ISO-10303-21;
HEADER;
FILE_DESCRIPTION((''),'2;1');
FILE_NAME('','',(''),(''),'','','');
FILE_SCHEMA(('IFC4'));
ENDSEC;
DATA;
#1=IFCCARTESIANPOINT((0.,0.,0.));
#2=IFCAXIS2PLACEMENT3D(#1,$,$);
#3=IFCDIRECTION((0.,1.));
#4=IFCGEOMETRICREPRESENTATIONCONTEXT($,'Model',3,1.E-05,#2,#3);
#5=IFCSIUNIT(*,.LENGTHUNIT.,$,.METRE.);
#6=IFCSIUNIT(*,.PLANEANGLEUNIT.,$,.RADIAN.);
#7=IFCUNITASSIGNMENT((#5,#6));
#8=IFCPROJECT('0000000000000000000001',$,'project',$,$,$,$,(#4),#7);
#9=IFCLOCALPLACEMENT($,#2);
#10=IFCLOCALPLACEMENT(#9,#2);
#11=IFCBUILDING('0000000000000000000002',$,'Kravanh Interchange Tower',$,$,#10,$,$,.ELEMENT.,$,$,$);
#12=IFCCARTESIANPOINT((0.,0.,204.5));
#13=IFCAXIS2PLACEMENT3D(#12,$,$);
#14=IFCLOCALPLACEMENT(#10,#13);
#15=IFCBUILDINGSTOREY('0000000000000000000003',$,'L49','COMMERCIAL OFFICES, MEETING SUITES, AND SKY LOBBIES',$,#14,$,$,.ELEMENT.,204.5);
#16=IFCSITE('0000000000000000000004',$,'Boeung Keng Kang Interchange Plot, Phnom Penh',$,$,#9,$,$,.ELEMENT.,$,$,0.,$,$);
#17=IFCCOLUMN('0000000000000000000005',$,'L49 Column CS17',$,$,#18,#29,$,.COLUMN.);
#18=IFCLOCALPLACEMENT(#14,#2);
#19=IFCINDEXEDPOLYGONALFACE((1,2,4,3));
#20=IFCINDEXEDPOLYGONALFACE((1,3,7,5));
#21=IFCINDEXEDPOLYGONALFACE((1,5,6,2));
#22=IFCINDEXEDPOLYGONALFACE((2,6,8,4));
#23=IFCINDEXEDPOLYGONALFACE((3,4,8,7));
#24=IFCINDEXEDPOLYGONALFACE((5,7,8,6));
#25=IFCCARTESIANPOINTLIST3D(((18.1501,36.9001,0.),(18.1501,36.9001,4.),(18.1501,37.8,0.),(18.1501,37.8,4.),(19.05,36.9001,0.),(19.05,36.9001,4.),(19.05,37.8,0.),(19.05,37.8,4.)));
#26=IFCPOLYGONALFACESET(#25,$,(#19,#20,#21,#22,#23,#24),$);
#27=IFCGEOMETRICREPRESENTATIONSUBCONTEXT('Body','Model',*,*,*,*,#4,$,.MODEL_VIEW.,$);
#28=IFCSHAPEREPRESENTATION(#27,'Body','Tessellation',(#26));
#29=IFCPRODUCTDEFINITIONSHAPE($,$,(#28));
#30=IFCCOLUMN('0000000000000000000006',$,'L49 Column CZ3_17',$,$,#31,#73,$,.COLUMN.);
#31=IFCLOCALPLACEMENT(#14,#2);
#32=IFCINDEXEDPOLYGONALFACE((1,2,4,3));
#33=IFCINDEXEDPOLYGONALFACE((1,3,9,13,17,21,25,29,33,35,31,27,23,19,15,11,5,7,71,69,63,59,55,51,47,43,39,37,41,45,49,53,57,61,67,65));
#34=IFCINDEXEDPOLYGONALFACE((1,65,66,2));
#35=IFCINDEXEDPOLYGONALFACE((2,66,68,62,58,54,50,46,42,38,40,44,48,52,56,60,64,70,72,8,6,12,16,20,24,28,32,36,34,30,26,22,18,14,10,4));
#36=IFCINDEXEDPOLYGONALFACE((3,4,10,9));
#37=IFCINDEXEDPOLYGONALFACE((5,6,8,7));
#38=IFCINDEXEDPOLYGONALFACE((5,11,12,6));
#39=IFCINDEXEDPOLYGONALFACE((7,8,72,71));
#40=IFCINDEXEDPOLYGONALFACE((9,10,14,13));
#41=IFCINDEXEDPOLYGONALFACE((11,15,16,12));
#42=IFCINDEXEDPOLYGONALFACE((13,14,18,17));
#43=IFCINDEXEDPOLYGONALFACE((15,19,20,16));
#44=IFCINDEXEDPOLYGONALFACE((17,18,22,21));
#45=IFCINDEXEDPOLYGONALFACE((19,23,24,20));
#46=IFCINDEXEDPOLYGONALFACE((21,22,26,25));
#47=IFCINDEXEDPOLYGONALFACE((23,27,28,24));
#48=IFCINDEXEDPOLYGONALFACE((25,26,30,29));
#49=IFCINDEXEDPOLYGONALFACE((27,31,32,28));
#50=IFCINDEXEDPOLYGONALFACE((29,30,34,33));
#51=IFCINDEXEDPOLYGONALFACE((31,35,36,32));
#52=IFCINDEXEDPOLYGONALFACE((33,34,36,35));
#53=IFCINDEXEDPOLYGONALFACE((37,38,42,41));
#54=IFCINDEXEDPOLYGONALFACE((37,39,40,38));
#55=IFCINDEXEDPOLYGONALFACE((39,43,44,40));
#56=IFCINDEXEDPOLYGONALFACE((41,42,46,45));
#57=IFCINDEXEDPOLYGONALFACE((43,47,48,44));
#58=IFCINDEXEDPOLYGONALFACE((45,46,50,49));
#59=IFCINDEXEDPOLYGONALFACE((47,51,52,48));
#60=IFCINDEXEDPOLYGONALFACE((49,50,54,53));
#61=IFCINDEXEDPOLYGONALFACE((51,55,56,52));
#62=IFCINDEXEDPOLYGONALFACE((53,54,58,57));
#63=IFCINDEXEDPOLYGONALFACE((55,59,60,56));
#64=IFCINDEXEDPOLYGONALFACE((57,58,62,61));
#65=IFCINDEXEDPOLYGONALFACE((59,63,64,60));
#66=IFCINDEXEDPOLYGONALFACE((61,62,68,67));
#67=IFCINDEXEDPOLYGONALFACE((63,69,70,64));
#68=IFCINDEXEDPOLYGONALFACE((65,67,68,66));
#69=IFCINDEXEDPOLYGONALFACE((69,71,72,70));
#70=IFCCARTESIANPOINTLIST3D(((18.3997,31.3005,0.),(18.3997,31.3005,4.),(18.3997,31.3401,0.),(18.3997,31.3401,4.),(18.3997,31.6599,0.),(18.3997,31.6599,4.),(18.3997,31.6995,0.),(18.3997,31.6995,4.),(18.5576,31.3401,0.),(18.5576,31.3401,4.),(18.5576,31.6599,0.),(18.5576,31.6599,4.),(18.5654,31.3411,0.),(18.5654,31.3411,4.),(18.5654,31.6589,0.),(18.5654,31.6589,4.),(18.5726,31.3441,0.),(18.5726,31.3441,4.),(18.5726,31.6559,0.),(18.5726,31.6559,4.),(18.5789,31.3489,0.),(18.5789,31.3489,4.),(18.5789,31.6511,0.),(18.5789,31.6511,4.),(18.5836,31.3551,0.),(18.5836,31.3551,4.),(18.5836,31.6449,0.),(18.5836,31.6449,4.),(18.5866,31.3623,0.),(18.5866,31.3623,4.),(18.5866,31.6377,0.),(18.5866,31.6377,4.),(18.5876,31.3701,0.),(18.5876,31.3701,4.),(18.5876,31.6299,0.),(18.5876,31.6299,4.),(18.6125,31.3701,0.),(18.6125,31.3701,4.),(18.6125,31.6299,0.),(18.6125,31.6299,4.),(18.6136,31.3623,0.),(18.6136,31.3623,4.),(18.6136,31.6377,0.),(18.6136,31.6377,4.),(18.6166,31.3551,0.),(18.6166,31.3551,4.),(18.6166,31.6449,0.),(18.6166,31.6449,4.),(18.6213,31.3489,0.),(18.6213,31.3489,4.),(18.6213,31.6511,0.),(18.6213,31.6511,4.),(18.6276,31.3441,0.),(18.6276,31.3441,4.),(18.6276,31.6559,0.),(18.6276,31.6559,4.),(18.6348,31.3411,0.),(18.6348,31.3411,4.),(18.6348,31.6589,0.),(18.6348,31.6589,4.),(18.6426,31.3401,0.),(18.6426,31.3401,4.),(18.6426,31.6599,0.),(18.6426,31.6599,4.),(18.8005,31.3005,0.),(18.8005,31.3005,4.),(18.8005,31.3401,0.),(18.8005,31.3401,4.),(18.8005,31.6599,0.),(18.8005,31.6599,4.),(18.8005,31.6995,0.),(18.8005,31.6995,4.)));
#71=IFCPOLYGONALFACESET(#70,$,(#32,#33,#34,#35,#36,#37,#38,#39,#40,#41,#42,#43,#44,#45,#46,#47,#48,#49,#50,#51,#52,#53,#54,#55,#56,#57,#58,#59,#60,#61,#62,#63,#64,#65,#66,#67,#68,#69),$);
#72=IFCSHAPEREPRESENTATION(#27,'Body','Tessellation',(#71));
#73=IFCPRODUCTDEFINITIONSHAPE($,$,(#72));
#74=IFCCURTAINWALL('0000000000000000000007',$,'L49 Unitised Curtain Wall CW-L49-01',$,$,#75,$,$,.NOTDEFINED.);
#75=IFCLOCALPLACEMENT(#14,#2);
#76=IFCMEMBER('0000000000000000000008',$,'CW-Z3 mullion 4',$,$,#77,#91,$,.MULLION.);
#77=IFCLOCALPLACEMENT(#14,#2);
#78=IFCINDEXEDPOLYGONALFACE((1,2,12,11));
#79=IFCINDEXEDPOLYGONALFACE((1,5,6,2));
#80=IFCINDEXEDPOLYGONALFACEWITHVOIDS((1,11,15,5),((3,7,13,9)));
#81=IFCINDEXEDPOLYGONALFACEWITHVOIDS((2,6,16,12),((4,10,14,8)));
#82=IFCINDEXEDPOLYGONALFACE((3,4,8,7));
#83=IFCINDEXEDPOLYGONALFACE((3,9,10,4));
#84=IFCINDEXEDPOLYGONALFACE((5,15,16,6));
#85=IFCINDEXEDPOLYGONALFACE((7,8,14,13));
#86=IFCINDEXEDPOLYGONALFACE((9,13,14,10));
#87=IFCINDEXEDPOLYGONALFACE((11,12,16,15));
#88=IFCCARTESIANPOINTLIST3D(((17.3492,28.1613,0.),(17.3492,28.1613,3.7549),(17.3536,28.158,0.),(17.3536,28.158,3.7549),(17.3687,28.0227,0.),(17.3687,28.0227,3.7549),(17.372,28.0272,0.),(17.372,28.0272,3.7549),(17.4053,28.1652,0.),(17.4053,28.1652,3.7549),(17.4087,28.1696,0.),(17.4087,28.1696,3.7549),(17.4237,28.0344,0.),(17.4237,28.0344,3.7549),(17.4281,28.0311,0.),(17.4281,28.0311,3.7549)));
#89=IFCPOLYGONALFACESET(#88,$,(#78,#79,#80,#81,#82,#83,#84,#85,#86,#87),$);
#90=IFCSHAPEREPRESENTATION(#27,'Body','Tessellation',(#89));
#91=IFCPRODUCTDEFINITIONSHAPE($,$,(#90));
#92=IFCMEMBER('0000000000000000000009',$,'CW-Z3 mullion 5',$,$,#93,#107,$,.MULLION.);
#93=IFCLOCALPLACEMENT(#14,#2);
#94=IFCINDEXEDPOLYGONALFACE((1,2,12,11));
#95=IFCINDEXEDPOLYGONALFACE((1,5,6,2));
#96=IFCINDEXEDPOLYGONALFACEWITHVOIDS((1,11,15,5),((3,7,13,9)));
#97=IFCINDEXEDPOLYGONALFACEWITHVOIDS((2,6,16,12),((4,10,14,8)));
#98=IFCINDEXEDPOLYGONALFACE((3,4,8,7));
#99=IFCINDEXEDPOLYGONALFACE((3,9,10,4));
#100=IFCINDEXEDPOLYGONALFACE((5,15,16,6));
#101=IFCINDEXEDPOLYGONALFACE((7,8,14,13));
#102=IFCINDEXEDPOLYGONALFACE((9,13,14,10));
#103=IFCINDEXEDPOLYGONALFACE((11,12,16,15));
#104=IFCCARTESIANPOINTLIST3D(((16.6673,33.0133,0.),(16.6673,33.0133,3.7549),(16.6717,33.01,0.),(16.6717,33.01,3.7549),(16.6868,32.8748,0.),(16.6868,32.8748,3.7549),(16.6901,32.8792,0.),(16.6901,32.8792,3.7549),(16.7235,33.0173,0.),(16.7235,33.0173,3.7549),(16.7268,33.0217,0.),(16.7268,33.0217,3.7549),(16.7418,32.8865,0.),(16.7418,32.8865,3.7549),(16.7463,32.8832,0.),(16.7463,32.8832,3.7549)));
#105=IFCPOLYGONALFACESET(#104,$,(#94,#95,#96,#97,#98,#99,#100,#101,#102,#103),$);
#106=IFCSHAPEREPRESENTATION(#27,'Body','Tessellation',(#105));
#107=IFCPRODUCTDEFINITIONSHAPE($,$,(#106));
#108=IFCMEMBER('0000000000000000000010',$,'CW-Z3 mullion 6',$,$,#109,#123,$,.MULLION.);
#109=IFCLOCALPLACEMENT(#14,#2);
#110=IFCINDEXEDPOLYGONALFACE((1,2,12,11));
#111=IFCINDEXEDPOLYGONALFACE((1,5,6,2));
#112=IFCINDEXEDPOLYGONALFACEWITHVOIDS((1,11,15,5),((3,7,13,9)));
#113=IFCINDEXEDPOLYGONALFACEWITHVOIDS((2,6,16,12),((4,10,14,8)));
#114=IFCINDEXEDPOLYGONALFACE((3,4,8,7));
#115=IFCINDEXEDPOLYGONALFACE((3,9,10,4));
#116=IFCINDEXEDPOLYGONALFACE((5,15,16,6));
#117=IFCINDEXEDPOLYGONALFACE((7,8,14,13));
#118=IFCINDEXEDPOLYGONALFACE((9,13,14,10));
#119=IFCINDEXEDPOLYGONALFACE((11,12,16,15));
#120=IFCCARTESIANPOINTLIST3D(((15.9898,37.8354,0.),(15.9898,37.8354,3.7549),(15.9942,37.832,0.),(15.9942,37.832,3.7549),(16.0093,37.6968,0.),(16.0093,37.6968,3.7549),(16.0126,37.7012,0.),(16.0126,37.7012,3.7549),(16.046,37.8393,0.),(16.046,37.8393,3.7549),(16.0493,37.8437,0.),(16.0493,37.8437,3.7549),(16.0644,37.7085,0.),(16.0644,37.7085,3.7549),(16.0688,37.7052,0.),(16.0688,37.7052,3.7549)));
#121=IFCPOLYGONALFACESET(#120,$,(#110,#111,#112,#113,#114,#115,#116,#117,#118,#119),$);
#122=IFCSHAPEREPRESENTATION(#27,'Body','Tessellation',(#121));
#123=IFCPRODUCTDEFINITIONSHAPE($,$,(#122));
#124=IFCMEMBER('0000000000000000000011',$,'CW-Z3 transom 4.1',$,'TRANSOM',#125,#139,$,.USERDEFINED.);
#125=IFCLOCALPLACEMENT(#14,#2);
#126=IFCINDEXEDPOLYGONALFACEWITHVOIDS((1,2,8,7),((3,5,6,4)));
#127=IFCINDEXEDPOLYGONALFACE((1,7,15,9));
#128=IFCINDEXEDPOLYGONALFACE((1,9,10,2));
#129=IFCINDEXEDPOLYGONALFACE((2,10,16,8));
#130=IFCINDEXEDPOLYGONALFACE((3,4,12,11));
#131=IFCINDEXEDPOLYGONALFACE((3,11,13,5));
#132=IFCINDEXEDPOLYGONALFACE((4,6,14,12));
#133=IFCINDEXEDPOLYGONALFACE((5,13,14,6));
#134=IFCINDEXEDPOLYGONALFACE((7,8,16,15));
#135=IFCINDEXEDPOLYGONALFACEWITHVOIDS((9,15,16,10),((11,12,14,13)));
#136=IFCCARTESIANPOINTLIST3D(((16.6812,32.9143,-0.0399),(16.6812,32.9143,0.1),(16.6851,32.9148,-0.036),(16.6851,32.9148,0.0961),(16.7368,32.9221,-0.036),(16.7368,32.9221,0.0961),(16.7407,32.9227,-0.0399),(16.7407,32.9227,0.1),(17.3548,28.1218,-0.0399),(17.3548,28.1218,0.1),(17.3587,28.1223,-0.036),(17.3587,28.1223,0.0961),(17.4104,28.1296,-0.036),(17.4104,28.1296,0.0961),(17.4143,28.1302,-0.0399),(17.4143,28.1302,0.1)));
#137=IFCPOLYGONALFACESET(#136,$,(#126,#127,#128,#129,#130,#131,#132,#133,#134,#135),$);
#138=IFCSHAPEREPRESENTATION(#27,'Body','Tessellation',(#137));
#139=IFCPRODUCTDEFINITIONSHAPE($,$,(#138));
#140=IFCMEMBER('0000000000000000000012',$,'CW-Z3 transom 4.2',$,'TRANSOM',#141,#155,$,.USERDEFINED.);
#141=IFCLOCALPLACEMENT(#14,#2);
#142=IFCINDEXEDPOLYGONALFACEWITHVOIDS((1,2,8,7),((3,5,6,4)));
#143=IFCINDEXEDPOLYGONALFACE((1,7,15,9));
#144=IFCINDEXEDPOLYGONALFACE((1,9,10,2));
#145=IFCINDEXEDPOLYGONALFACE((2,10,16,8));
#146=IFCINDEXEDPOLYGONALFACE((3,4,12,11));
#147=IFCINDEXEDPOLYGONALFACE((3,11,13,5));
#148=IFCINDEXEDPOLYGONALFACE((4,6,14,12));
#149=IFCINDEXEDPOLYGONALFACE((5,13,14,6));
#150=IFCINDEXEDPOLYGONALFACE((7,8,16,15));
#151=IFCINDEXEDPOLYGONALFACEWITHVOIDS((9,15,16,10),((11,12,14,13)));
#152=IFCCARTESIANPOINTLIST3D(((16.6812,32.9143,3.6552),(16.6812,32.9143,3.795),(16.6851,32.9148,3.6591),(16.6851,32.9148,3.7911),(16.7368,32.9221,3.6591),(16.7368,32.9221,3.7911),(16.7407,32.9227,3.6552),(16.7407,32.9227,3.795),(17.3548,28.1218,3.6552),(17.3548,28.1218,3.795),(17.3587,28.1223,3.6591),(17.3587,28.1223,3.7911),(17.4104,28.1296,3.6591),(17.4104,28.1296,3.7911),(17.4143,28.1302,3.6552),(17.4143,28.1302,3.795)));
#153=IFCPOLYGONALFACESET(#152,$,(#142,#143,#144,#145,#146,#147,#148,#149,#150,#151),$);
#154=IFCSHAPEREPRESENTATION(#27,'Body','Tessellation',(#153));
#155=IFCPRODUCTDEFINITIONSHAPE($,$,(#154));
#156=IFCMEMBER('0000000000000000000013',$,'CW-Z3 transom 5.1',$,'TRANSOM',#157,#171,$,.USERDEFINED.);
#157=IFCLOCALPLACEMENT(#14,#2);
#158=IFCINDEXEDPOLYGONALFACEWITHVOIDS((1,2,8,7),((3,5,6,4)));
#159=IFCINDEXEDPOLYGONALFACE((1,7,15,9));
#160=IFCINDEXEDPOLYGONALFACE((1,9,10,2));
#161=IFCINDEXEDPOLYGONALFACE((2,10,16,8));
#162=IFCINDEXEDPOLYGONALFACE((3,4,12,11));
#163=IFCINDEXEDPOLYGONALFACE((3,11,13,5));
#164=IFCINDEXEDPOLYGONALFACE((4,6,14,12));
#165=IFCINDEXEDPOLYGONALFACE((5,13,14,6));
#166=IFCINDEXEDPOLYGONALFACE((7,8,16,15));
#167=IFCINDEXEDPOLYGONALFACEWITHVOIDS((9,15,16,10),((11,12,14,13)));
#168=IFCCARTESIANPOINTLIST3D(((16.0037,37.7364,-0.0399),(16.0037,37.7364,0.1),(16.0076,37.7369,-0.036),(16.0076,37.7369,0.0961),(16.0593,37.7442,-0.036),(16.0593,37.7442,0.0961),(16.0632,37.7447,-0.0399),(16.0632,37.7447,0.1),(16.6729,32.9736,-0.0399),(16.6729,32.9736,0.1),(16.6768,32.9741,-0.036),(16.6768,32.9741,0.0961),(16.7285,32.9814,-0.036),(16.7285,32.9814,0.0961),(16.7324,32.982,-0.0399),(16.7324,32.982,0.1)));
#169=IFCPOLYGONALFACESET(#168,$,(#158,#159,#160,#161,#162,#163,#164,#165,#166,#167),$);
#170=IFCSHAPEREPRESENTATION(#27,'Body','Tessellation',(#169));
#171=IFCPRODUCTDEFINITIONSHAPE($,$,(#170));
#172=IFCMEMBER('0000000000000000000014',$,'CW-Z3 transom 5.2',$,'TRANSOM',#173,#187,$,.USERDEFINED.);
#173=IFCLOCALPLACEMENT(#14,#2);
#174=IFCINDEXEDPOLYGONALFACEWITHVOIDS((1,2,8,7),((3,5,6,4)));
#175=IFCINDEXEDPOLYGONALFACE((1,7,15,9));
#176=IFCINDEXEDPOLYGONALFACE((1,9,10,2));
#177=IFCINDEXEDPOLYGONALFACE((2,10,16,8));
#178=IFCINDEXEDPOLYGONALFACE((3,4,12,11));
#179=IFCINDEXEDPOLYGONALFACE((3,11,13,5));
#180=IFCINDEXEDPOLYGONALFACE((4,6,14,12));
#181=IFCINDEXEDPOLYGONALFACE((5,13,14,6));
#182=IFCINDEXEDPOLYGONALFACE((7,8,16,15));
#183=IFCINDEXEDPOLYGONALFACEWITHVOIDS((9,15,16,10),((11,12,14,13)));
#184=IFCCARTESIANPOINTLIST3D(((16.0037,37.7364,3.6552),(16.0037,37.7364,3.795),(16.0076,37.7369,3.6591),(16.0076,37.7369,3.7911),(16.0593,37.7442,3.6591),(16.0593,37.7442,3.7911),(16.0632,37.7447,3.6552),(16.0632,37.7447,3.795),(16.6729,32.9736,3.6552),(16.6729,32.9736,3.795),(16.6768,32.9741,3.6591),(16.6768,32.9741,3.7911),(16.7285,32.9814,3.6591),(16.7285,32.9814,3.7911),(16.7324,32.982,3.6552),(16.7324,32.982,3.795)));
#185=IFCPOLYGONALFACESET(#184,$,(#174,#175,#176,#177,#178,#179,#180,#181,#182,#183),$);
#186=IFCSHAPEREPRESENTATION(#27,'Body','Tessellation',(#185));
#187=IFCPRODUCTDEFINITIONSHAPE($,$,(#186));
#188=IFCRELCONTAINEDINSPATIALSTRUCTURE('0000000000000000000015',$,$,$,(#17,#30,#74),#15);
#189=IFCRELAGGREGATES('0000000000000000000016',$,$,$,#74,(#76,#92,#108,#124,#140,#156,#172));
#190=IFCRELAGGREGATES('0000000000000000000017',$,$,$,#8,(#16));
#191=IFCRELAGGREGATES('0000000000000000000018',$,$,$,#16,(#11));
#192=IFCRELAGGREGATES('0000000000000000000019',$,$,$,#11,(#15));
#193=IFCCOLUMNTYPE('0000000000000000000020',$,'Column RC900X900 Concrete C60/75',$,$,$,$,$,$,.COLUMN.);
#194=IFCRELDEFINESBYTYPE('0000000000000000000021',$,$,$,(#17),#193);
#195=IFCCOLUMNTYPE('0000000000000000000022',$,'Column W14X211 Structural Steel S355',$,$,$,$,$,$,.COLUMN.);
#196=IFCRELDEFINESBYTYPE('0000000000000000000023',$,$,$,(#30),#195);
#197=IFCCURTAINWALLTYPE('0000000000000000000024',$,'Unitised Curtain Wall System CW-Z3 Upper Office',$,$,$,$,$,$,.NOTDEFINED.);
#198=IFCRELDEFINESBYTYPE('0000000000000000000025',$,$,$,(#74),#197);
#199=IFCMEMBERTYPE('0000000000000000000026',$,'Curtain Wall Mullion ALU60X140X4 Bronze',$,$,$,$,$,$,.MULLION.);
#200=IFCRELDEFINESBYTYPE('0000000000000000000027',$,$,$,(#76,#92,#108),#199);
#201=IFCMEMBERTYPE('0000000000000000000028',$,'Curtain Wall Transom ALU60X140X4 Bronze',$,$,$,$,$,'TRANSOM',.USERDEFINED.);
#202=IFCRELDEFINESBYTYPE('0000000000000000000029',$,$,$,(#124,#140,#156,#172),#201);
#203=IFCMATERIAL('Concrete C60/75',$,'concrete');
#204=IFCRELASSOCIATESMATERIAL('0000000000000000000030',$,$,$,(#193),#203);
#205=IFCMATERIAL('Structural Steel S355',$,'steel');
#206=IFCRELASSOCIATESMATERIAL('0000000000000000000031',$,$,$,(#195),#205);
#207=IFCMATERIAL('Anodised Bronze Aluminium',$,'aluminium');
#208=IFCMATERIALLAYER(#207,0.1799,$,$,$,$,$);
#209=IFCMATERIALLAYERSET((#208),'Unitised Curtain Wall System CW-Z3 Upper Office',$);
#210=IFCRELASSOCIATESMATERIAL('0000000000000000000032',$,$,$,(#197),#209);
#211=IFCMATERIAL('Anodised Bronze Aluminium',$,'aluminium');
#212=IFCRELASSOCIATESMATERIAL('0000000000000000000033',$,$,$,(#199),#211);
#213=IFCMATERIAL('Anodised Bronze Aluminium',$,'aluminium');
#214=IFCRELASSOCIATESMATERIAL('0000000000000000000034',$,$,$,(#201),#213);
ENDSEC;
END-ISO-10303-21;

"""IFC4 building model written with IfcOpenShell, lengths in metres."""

from ifc_helpers import new_model, si_unit, direction, frame, origin, origin_2d, place, context, subcontext, project, spatial, rectangle, hollow_rectangle, i_section, extrude, material, layer, layer_set, material_profile, profile_set, type_object, element, aggregate, save


model = new_model("IFC4")

# Units and contexts
model_context = context("Model", 3, precision=1e-05, world=origin(), true_north=direction((0.0, 1.0)))
body_context = subcontext(model_context, "Body", "Model", "MODEL_VIEW")
ifc_project = project(units=[si_unit("LENGTHUNIT", "METRE"), si_unit("PLANEANGLEUNIT", "RADIAN")], contexts=[model_context])

# Site, building, storey
site_placement = place(None, origin())
site = spatial("IfcSite", under=ifc_project, at=site_placement, Name="Boeung Keng Kang Interchange Plot, Phnom Penh", CompositionType="ELEMENT", RefElevation=0.0)
building_placement = place(site_placement, origin())
building = spatial("IfcBuilding", under=site, at=building_placement, Name="Kravanh Interchange Tower", CompositionType="ELEMENT")
storey_placement = place(building_placement, frame((0.0, 0.0, 204.5)))
storey = spatial("IfcBuildingStorey", under=building, at=storey_placement, Name="L49", Description="COMMERCIAL OFFICES, MEETING SUITES, AND SKY LOBBIES", CompositionType="ELEMENT", Elevation=204.5)

# Columns
ifc_material_1 = material(Name="Concrete C60/75", Category="concrete")
ifc_material_profile_1 = material_profile(ifc_material_1, rectangle(XDim=0.8999, YDim=0.8999, at=origin_2d()), Name="RC900X900")
ifc_profile_set_1 = profile_set([ifc_material_profile_1], Name="Concrete C60/75")
column_type_1 = type_object("IfcColumnType", Name="Column RC900X900 Concrete C60/75", PredefinedType="COLUMN", material=ifc_profile_set_1)
column_1_placement = place(storey_placement, frame((18.6001, 37.3501, 0.0), z_axis=(0.0, 0.0, 1.0), x_axis=(1.0, 0.0, 0.0)))
element("IfcColumn", 1, at=column_1_placement, inside=storey, type_object=column_type_1, Name="L49 Column CS17", PredefinedType="COLUMN", context=body_context, shape_type="SweptSolid", body=[
    extrude(rectangle(XDim=0.8999, YDim=0.8999, at=origin_2d()), origin(), (0.0, 0.0, 1.0), 4.0),
])
ifc_material_2 = material(Name="Structural Steel S355", Category="steel")
ifc_material_profile_2 = material_profile(ifc_material_2, i_section(OverallWidth=0.4009, OverallDepth=0.3989, WebThickness=0.0249, FlangeThickness=0.0396, FilletRadius=0.03, at=origin_2d()), Name="W14X211")
ifc_profile_set_2 = profile_set([ifc_material_profile_2], Name="Structural Steel S355")
column_type_2 = type_object("IfcColumnType", Name="Column W14X211 Structural Steel S355", PredefinedType="COLUMN", material=ifc_profile_set_2)
column_2_placement = place(storey_placement, frame((18.6001, 31.5, 0.0), z_axis=(0.0, 0.0, 1.0), x_axis=(1.0, 0.0, 0.0)))
element("IfcColumn", 2, at=column_2_placement, inside=storey, type_object=column_type_2, Name="L49 Column CZ3_17", PredefinedType="COLUMN", context=body_context, shape_type="SweptSolid", body=[
    extrude(i_section(OverallWidth=0.4009, OverallDepth=0.3989, WebThickness=0.0249, FlangeThickness=0.0396, FilletRadius=0.03, at=origin_2d()), origin(), (0.0, 0.0, 1.0), 4.0),
])

# Curtain wall, members
ifc_material_3 = material(Name="Anodised Bronze Aluminium", Category="aluminium")
ifc_layer_1 = layer(ifc_material_3, 0.1799)
ifc_layer_set_1 = layer_set([ifc_layer_1], Name="Unitised Curtain Wall System CW-Z3 Upper Office")
curtain_wall_type = type_object("IfcCurtainWallType", Name="Unitised Curtain Wall System CW-Z3 Upper Office", PredefinedType="NOTDEFINED", material=ifc_layer_set_1)
curtain_wall_placement = place(storey_placement, origin())
curtain_wall = element("IfcCurtainWall", 3, at=curtain_wall_placement, inside=storey, type_object=curtain_wall_type, Name="L49 Unitised Curtain Wall CW-L49-01", PredefinedType="NOTDEFINED")
ifc_material_4 = material(Name="Anodised Bronze Aluminium", Category="aluminium")
ifc_material_profile_3 = material_profile(ifc_material_4, hollow_rectangle(XDim=0.0601, YDim=0.1399, WallThickness=0.0039, at=origin_2d()), Name="ALU60X140X4")
ifc_profile_set_3 = profile_set([ifc_material_profile_3], Name="Anodised Bronze Aluminium")
member_type_1 = type_object("IfcMemberType", Name="Curtain Wall Mullion ALU60X140X4 Bronze", PredefinedType="MULLION", material=ifc_profile_set_3)
member_1_placement = place(storey_placement, frame((17.3887, 28.0962, 0.0), z_axis=(0.0, 0.0, 1.0), x_axis=(-0.990268, -0.139172, 0.0)))
member_1 = element("IfcMember", 4, at=member_1_placement, type_object=member_type_1, Name="CW-Z3 mullion 4", PredefinedType="MULLION", context=body_context, shape_type="SweptSolid", body=[
    extrude(hollow_rectangle(XDim=0.0601, YDim=0.1399, WallThickness=0.0039, at=origin_2d()), origin(), (0.0, 0.0, 1.0), 3.7549),
])
member_2_placement = place(storey_placement, frame((16.7068, 32.9482, 0.0), z_axis=(0.0, 0.0, 1.0), x_axis=(-0.990268, -0.139172, 0.0)))
member_2 = element("IfcMember", 5, at=member_2_placement, type_object=member_type_1, Name="CW-Z3 mullion 5", PredefinedType="MULLION", context=body_context, shape_type="SweptSolid", body=[
    extrude(hollow_rectangle(XDim=0.0601, YDim=0.1399, WallThickness=0.0039, at=origin_2d()), origin(), (0.0, 0.0, 1.0), 3.7549),
])
member_3_placement = place(storey_placement, frame((16.0293, 37.7703, 0.0), z_axis=(0.0, 0.0, 1.0), x_axis=(-0.990268, -0.139172, 0.0)))
member_3 = element("IfcMember", 6, at=member_3_placement, type_object=member_type_1, Name="CW-Z3 mullion 6", PredefinedType="MULLION", context=body_context, shape_type="SweptSolid", body=[
    extrude(hollow_rectangle(XDim=0.0601, YDim=0.1399, WallThickness=0.0039, at=origin_2d()), origin(), (0.0, 0.0, 1.0), 3.7549),
])
ifc_material_5 = material(Name="Anodised Bronze Aluminium", Category="aluminium")
ifc_material_profile_4 = material_profile(ifc_material_5, hollow_rectangle(XDim=0.0601, YDim=0.1399, WallThickness=0.0039, at=origin_2d()), Name="ALU60X140X4")
ifc_profile_set_4 = profile_set([ifc_material_profile_4], Name="Anodised Bronze Aluminium")
member_type_2 = type_object("IfcMemberType", Name="Curtain Wall Transom ALU60X140X4 Bronze", ElementType="TRANSOM", PredefinedType="USERDEFINED", material=ifc_profile_set_4)
member_4_placement = place(storey_placement, frame((17.3845, 28.126, 0.03), z_axis=(-0.139182, 0.990267, 0.0), x_axis=(-0.990267, -0.139182, 0.0)))
member_4 = element("IfcMember", 7, at=member_4_placement, type_object=member_type_2, Name="CW-Z3 transom 4.1", ObjectType="TRANSOM", PredefinedType="USERDEFINED", context=body_context, shape_type="SweptSolid", body=[
    extrude(hollow_rectangle(XDim=0.0601, YDim=0.1399, WallThickness=0.0039, at=origin_2d()), origin(), (0.0, 0.0, 1.0), 4.8396),
])
member_5_placement = place(storey_placement, frame((17.3845, 28.126, 3.7251), z_axis=(-0.139182, 0.990267, 0.0), x_axis=(-0.990267, -0.139182, 0.0)))
member_5 = element("IfcMember", 8, at=member_5_placement, type_object=member_type_2, Name="CW-Z3 transom 4.2", ObjectType="TRANSOM", PredefinedType="USERDEFINED", context=body_context, shape_type="SweptSolid", body=[
    extrude(hollow_rectangle(XDim=0.0601, YDim=0.1399, WallThickness=0.0039, at=origin_2d()), origin(), (0.0, 0.0, 1.0), 4.8396),
])
member_6_placement = place(storey_placement, frame((16.7026, 32.9778, 0.03), z_axis=(-0.13914, 0.990273, 0.0), x_axis=(-0.990273, -0.13914, 0.0)))
member_6 = element("IfcMember", 9, at=member_6_placement, type_object=member_type_2, Name="CW-Z3 transom 5.1", ObjectType="TRANSOM", PredefinedType="USERDEFINED", context=body_context, shape_type="SweptSolid", body=[
    extrude(hollow_rectangle(XDim=0.0601, YDim=0.1399, WallThickness=0.0039, at=origin_2d()), origin(), (0.0, 0.0, 1.0), 4.8096),
])
member_7_placement = place(storey_placement, frame((16.7026, 32.9778, 3.7251), z_axis=(-0.13914, 0.990273, 0.0), x_axis=(-0.990273, -0.13914, 0.0)))
member_7 = element("IfcMember", 10, at=member_7_placement, type_object=member_type_2, Name="CW-Z3 transom 5.2", ObjectType="TRANSOM", PredefinedType="USERDEFINED", context=body_context, shape_type="SweptSolid", body=[
    extrude(hollow_rectangle(XDim=0.0601, YDim=0.1399, WallThickness=0.0039, at=origin_2d()), origin(), (0.0, 0.0, 1.0), 4.8096),
])

aggregate(curtain_wall, [member_1, member_2, member_3, member_4, member_5, member_6, member_7])

save(model, "model.ifc")
